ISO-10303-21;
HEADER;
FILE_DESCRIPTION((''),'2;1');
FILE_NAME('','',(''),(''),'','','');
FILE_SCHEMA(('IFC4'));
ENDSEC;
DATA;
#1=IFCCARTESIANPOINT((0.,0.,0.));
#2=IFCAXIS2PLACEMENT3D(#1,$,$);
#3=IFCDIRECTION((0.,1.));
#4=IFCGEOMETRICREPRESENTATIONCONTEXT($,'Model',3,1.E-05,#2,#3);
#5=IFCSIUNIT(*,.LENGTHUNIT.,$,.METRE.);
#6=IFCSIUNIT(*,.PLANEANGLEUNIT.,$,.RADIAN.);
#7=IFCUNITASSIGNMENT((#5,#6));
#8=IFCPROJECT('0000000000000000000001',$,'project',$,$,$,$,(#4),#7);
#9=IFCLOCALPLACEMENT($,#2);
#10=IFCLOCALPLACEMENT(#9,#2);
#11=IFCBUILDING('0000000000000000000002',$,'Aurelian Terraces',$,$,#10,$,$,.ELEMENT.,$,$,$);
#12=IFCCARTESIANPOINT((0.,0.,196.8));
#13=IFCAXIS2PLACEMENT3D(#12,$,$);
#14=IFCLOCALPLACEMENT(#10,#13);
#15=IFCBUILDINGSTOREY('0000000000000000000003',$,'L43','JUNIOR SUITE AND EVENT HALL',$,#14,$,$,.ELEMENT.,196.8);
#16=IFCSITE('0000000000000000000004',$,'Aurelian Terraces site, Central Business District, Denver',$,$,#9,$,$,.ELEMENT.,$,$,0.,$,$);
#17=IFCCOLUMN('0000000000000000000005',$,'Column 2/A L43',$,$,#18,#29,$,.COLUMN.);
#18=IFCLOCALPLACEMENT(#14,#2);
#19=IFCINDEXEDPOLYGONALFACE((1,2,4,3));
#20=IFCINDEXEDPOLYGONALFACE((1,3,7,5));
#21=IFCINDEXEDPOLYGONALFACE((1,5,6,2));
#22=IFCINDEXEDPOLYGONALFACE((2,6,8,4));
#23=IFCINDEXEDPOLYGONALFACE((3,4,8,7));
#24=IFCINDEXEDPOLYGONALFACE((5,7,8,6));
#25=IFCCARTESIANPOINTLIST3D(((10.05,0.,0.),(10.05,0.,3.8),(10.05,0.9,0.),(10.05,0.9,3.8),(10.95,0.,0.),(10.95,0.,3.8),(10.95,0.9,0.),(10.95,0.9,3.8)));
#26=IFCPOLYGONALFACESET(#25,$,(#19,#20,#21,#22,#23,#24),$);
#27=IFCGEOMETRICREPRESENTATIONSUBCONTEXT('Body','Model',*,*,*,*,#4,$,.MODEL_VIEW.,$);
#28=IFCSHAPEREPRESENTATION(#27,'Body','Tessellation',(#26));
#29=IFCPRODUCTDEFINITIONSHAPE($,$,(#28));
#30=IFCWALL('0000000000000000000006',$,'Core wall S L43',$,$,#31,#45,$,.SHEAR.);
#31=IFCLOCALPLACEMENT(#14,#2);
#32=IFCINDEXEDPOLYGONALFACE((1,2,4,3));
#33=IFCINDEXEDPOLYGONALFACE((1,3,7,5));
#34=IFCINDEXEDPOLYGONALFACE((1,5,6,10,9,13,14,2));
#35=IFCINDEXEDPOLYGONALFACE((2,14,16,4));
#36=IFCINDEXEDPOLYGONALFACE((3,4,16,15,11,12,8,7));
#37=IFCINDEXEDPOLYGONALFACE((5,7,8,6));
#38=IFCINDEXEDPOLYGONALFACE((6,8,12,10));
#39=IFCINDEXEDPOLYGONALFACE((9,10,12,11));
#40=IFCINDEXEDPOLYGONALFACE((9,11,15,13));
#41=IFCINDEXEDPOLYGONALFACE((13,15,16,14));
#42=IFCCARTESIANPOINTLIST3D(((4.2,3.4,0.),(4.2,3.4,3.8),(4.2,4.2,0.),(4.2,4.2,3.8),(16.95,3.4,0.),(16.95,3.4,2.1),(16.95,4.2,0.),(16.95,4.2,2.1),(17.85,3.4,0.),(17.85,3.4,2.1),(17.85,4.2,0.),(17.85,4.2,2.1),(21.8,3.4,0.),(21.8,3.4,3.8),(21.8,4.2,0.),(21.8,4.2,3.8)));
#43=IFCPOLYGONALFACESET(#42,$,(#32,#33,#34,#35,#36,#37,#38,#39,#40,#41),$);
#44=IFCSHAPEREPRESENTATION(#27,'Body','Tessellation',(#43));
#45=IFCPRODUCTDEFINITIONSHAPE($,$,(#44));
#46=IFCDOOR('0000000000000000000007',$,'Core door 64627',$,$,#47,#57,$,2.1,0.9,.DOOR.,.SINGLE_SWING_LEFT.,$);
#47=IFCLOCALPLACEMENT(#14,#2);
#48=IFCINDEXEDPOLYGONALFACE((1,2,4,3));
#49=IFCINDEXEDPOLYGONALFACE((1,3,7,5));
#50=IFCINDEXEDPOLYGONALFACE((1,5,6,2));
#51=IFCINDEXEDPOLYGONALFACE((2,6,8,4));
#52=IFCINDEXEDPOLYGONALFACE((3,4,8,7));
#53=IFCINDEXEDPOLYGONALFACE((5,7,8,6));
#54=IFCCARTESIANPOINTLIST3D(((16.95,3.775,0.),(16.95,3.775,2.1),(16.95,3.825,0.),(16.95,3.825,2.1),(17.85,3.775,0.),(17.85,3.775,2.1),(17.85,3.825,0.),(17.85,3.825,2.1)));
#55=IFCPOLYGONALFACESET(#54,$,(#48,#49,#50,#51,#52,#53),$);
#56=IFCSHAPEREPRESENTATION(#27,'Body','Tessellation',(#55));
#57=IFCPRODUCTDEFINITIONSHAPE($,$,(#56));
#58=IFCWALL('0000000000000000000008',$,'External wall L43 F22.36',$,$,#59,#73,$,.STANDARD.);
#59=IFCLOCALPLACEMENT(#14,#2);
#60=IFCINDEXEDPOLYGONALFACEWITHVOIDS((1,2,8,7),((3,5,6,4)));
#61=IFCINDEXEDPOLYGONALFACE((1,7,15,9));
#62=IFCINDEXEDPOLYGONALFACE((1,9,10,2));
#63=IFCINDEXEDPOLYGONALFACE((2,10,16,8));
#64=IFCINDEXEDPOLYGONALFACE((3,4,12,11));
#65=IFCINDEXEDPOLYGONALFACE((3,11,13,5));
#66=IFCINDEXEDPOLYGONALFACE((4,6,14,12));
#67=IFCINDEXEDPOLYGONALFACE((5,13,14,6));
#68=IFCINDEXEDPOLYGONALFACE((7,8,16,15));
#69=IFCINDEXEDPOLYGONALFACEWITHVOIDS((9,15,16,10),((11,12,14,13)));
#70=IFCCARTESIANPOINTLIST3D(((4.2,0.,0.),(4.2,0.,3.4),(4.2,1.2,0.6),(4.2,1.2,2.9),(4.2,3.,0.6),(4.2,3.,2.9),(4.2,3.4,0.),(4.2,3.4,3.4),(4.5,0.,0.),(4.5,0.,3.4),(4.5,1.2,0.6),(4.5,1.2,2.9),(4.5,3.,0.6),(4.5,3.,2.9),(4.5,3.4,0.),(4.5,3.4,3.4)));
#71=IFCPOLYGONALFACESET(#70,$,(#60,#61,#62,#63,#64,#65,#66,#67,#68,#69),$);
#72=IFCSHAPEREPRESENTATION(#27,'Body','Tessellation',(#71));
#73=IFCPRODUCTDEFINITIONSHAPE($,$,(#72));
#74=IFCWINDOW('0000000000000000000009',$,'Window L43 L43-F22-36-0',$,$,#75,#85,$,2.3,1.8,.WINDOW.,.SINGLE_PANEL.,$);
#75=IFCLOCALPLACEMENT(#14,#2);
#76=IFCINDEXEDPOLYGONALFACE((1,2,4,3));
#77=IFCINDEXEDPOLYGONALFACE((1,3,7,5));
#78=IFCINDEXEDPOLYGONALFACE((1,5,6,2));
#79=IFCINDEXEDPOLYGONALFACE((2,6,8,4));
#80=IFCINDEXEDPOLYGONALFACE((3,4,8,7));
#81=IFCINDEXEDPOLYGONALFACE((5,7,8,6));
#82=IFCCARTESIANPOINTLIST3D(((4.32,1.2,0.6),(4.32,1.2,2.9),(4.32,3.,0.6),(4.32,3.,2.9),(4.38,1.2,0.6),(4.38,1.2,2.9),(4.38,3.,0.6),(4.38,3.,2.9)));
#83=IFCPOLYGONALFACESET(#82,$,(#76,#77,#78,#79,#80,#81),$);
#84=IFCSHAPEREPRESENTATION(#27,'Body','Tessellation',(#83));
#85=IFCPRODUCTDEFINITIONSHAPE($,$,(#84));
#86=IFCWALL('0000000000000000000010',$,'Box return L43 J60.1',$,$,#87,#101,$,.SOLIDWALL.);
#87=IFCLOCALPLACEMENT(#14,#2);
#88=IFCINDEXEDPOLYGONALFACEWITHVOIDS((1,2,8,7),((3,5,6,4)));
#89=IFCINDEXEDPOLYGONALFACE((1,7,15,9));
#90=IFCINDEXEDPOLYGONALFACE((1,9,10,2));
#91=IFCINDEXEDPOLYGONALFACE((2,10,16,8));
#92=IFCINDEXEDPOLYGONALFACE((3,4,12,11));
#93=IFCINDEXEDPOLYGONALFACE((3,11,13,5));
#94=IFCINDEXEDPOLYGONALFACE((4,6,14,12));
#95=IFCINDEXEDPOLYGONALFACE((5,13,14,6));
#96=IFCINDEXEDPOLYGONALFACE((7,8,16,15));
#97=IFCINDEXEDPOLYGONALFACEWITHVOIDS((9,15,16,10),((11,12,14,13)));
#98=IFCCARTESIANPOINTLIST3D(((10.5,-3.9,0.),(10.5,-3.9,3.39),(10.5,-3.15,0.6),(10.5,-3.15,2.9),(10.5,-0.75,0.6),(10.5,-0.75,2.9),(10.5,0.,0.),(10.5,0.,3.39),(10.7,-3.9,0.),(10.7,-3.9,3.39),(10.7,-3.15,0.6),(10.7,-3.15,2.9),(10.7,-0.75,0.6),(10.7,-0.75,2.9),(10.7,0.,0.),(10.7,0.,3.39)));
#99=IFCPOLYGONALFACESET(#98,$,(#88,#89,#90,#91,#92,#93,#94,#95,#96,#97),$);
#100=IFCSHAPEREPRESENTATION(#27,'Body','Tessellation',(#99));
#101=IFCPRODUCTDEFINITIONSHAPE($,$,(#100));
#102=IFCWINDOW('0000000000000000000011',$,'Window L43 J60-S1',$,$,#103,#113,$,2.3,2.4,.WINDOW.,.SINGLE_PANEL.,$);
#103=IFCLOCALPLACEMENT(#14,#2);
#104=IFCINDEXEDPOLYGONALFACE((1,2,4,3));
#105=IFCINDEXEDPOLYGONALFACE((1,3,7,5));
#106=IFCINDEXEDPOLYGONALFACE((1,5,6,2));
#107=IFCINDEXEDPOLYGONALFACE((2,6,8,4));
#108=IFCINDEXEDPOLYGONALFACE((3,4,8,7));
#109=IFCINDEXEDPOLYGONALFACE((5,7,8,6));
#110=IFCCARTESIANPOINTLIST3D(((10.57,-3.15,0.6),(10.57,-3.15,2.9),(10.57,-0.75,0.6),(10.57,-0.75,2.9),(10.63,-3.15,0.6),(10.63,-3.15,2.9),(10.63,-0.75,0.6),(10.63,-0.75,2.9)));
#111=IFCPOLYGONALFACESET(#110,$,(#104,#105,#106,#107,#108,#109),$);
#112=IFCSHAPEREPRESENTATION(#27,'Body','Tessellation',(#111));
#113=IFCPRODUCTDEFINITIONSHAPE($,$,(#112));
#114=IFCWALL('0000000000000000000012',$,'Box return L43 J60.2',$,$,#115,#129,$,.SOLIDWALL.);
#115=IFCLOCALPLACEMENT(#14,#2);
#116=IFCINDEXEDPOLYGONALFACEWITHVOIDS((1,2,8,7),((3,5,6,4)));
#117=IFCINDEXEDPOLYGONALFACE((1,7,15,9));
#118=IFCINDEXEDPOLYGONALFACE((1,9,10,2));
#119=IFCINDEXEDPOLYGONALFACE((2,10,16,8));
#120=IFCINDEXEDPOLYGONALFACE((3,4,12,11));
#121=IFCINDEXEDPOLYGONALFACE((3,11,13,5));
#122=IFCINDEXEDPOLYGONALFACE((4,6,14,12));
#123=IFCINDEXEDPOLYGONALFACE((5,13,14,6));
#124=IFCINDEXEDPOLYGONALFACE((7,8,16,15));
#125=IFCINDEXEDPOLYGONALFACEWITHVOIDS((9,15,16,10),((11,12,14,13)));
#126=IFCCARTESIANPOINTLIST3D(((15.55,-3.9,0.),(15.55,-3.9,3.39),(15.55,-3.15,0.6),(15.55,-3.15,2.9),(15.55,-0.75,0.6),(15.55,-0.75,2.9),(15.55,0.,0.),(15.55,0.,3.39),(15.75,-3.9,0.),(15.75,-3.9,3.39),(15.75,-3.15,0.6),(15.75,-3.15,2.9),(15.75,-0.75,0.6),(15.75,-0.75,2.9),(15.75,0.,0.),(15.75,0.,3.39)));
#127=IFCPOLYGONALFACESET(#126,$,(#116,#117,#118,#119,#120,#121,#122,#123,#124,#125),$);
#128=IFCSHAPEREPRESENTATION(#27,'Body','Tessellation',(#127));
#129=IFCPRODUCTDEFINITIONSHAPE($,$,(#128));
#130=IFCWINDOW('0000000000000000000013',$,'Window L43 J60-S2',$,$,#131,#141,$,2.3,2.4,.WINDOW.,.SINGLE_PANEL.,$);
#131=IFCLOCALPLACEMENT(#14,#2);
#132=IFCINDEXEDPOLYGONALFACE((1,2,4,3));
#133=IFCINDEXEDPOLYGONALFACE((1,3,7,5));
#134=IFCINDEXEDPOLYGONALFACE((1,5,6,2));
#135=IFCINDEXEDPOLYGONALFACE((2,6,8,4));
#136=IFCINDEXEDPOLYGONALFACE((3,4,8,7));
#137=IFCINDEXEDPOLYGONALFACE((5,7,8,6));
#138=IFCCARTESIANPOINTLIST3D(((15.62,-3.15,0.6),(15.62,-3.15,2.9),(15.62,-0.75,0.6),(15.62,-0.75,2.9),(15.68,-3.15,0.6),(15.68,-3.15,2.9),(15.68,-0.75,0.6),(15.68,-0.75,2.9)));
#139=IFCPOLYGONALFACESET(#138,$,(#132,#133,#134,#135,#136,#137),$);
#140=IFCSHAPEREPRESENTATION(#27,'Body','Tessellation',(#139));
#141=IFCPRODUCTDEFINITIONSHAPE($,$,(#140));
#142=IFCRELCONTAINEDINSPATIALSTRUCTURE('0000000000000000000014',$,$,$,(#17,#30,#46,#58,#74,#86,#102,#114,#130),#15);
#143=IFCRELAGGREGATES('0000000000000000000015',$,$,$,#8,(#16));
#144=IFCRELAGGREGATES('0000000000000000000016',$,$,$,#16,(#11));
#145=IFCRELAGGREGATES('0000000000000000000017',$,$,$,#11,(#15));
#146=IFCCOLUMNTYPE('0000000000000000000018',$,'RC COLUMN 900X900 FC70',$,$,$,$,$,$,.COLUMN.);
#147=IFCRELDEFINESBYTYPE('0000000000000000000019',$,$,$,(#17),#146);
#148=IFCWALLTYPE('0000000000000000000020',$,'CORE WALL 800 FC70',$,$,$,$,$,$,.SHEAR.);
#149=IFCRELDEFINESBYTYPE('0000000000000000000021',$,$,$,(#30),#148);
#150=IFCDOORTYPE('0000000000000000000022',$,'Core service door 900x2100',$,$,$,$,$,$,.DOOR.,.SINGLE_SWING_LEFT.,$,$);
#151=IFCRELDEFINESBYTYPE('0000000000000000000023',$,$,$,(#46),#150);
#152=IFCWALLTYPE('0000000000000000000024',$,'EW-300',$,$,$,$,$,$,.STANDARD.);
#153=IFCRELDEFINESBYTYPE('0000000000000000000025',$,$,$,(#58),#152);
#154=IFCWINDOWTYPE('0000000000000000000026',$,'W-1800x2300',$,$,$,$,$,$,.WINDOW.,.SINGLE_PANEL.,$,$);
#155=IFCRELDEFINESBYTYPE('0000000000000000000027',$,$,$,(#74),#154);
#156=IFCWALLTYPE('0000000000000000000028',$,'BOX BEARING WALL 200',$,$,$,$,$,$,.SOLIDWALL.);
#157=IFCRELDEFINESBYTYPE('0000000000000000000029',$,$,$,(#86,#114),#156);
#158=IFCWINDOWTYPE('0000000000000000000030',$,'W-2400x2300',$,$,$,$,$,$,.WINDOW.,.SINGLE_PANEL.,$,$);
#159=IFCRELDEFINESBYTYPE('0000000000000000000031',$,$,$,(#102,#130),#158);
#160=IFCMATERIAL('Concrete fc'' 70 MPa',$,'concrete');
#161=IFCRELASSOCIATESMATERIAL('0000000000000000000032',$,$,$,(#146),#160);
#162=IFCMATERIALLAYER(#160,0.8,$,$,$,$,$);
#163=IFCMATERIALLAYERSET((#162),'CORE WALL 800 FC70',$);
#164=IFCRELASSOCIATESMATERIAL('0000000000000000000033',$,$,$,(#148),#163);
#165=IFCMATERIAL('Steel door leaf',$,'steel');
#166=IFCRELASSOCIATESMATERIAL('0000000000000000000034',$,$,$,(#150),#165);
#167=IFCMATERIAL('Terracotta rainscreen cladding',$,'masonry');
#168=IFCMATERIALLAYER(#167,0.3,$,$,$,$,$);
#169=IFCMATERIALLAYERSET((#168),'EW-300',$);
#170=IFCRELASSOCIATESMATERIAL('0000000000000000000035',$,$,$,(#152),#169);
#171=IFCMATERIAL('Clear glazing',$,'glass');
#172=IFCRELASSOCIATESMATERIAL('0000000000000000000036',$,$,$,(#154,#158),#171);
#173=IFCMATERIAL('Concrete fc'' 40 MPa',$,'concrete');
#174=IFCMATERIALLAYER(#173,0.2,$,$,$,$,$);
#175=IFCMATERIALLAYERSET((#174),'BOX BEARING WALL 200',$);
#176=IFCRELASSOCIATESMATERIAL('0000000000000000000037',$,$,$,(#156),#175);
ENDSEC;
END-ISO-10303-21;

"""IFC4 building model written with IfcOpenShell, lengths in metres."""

from ifc_helpers import new_model, si_unit, direction, frame, frame_2d, origin, origin_2d, place, context, subcontext, project, spatial, rectangle, extrude, source, transform, mapped, material, layer, layer_set, material_profile, profile_set, type_object, element, fill, save


model = new_model("IFC4")

# Units and contexts
model_context = context("Model", 3, precision=1e-05, world=origin(), true_north=direction((0.0, 1.0)))
body_context = subcontext(model_context, "Body", "Model", "MODEL_VIEW")
ifc_project = project(units=[si_unit("LENGTHUNIT", "METRE"), si_unit("PLANEANGLEUNIT", "RADIAN")], contexts=[model_context])

# Site, building, storey
site_placement = place(None, origin())
site = spatial("IfcSite", under=ifc_project, at=site_placement, Name="Aurelian Terraces site, Central Business District, Denver", CompositionType="ELEMENT", RefElevation=0.0)
building_placement = place(site_placement, origin())
building = spatial("IfcBuilding", under=site, at=building_placement, Name="Aurelian Terraces", CompositionType="ELEMENT")
storey_placement = place(building_placement, frame((0.0, 0.0, 196.8)))
storey = spatial("IfcBuildingStorey", under=building, at=storey_placement, Name="L43", Description="JUNIOR SUITE AND EVENT HALL", CompositionType="ELEMENT", Elevation=196.8)

# Column
ifc_material_1 = material(Name="Concrete fc' 70 MPa", Category="concrete")
ifc_material_profile = material_profile(ifc_material_1, rectangle(XDim=0.9, YDim=0.9, at=origin_2d()))
ifc_profile_set = profile_set([ifc_material_profile], Name="Concrete fc' 70 MPa")
column_type = type_object("IfcColumnType", Name="RC COLUMN 900X900 FC70", PredefinedType="COLUMN", material=ifc_profile_set)
shared_shape_1 = source(origin(), body_context, "Body", "SweptSolid", [
    extrude(rectangle(XDim=0.9, YDim=0.9, at=origin_2d()), origin(), (0.0, 0.0, 1.0), 3.8),
])
column_placement = place(storey_placement, frame((10.5, 0.45, 0.0), z_axis=(0.0, 0.0, 1.0), x_axis=(1.0, 0.0, 0.0)))
element("IfcColumn", 1, at=column_placement, inside=storey, type_object=column_type, Name="Column 2/A L43", PredefinedType="COLUMN", context=body_context, shape_type="MappedRepresentation", body=[
    mapped(shared_shape_1, transform((0.0, 0.0, 0.0), scale=1.0)),
])

# Wall, opening, door
ifc_layer_1 = layer(ifc_material_1, 0.8)
ifc_layer_set_1 = layer_set([ifc_layer_1], Name="CORE WALL 800 FC70")
wall_type_1 = type_object("IfcWallType", Name="CORE WALL 800 FC70", PredefinedType="SHEAR", material=ifc_layer_set_1)
shared_shape_2 = source(origin(), body_context, "Body", "SweptSolid", [
    extrude(rectangle(XDim=17.6, YDim=0.8, at=frame_2d((8.8, 0.0))), origin(), (0.0, 0.0, 1.0), 3.8),
])
wall_1_placement = place(storey_placement, frame((4.2, 3.8, 0.0), z_axis=(0.0, 0.0, 1.0), x_axis=(1.0, 0.0, 0.0)))
wall_1 = element("IfcWall", 2, at=wall_1_placement, inside=storey, type_object=wall_type_1, Name="Core wall S L43", PredefinedType="SHEAR", context=body_context, shape_type="MappedRepresentation", body=[
    mapped(shared_shape_2, transform((0.0, 0.0, 0.0), scale=1.0)),
])
shared_shape_3 = source(origin(), body_context, "Body", "SweptSolid", [
    extrude(rectangle(XDim=0.9, YDim=2.1, at=frame_2d((0.45, 1.05))), frame((0.0, 0.41, 0.0), z_axis=(0.0, -1.0, 0.0), x_axis=(1.0, 0.0, 0.0)), (0.0, 0.0, 1.0), 0.82),
])
opening_1_placement = place(wall_1_placement, frame((12.75, 0.0, 0.0)))
opening_1 = element("IfcOpeningElement", 3, at=opening_1_placement, cuts=wall_1, PredefinedType="OPENING", context=body_context, shape_type="MappedRepresentation", body=[
    mapped(shared_shape_3, transform((0.0, 0.0, 0.0), scale=1.0)),
])
ifc_material_2 = material(Name="Steel door leaf", Category="steel")
door_type_1 = type_object("IfcDoorType", Name="Core service door 900x2100", OperationType="SINGLE_SWING_LEFT", PredefinedType="DOOR", material=ifc_material_2)
shared_shape_4 = source(origin(), body_context, "Body", "SweptSolid", [
    extrude(rectangle(XDim=0.9, YDim=2.1, at=frame_2d((0.45, 1.05))), frame((0.0, 0.025, 0.0), z_axis=(0.0, -1.0, 0.0), x_axis=(1.0, 0.0, 0.0)), (0.0, 0.0, 1.0), 0.05),
])
door_1_placement = place(opening_1_placement, origin())
door_1 = element("IfcDoor", 4, at=door_1_placement, inside=storey, type_object=door_type_1, Name="Core door 64627", OperationType="SINGLE_SWING_LEFT", OverallHeight=2.1, OverallWidth=0.9, PredefinedType="DOOR", context=body_context, shape_type="MappedRepresentation", body=[
    mapped(shared_shape_4, transform((0.0, 0.0, 0.0), scale=1.0)),
])
fill(opening_1, door_1)

# Walls, openings, windows
ifc_material_3 = material(Name="Terracotta rainscreen cladding", Category="masonry")
ifc_layer_2 = layer(ifc_material_3, 0.3)
ifc_layer_set_2 = layer_set([ifc_layer_2], Name="EW-300")
wall_type_2 = type_object("IfcWallType", Name="EW-300", PredefinedType="STANDARD", material=ifc_layer_set_2)
shared_shape_5 = source(origin(), body_context, "Body", "SweptSolid", [
    extrude(rectangle(XDim=3.4, YDim=0.3, at=frame_2d((1.7, 0.0))), origin(), (0.0, 0.0, 1.0), 3.4),
])
wall_2_placement = place(storey_placement, frame((4.35, 3.4, 0.0), z_axis=(0.0, 0.0, 1.0), x_axis=(0.0, -1.0, 0.0)))
wall_2 = element("IfcWall", 5, at=wall_2_placement, inside=storey, type_object=wall_type_2, Name="External wall L43 F22.36", PredefinedType="STANDARD", context=body_context, shape_type="MappedRepresentation", body=[
    mapped(shared_shape_5, transform((0.0, 0.0, 0.0), scale=1.0)),
])
shared_shape_6 = source(origin(), body_context, "Body", "SweptSolid", [
    extrude(rectangle(XDim=1.8, YDim=2.3, at=frame_2d((0.9, 1.15))), frame((0.0, 0.16, 0.0), z_axis=(0.0, -1.0, 0.0), x_axis=(1.0, 0.0, 0.0)), (0.0, 0.0, 1.0), 0.32),
])
opening_2_placement = place(wall_2_placement, frame((0.4, 0.0, 0.6)))
opening_2 = element("IfcOpeningElement", 6, at=opening_2_placement, cuts=wall_2, PredefinedType="OPENING", context=body_context, shape_type="MappedRepresentation", body=[
    mapped(shared_shape_6, transform((0.0, 0.0, 0.0), scale=1.0)),
])
ifc_material_4 = material(Name="Clear glazing", Category="glass")
window_type_1 = type_object("IfcWindowType", Name="W-1800x2300", PartitioningType="SINGLE_PANEL", PredefinedType="WINDOW", material=ifc_material_4)
shared_shape_7 = source(origin(), body_context, "Body", "SweptSolid", [
    extrude(rectangle(XDim=1.8, YDim=2.3, at=frame_2d((0.9, 1.15))), frame((0.0, 0.03, 0.0), z_axis=(0.0, -1.0, 0.0), x_axis=(1.0, 0.0, 0.0)), (0.0, 0.0, 1.0), 0.06),
])
window_1_placement = place(opening_2_placement, origin())
window_1 = element("IfcWindow", 7, at=window_1_placement, inside=storey, type_object=window_type_1, Name="Window L43 L43-F22-36-0", OverallHeight=2.3, OverallWidth=1.8, PartitioningType="SINGLE_PANEL", PredefinedType="WINDOW", context=body_context, shape_type="MappedRepresentation", body=[
    mapped(shared_shape_7, transform((0.0, 0.0, 0.0), scale=1.0)),
])
fill(opening_2, window_1)
ifc_material_5 = material(Name="Concrete fc' 40 MPa", Category="concrete")
ifc_layer_3 = layer(ifc_material_5, 0.2)
ifc_layer_set_3 = layer_set([ifc_layer_3], Name="BOX BEARING WALL 200")
wall_type_3 = type_object("IfcWallType", Name="BOX BEARING WALL 200", PredefinedType="SOLIDWALL", material=ifc_layer_set_3)
shared_shape_8 = source(origin(), body_context, "Body", "SweptSolid", [
    extrude(rectangle(XDim=3.9, YDim=0.2, at=frame_2d((1.95, 0.0))), origin(), (0.0, 0.0, 1.0), 3.39),
])
wall_3_placement = place(storey_placement, frame((10.6, 0.0, 0.0), z_axis=(0.0, 0.0, 1.0), x_axis=(0.0, -1.0, 0.0)))
wall_3 = element("IfcWall", 8, at=wall_3_placement, inside=storey, type_object=wall_type_3, Name="Box return L43 J60.1", PredefinedType="SOLIDWALL", context=body_context, shape_type="MappedRepresentation", body=[
    mapped(shared_shape_8, transform((0.0, 0.0, 0.0), scale=1.0)),
])
shared_shape_9 = source(origin(), body_context, "Body", "SweptSolid", [
    extrude(rectangle(XDim=2.4, YDim=2.3, at=frame_2d((1.2, 1.15))), frame((0.0, 0.11, 0.0), z_axis=(0.0, -1.0, 0.0), x_axis=(1.0, 0.0, 0.0)), (0.0, 0.0, 1.0), 0.22),
])
opening_3_placement = place(wall_3_placement, frame((0.75, 0.0, 0.6)))
opening_3 = element("IfcOpeningElement", 9, at=opening_3_placement, cuts=wall_3, PredefinedType="OPENING", context=body_context, shape_type="MappedRepresentation", body=[
    mapped(shared_shape_9, transform((0.0, 0.0, 0.0), scale=1.0)),
])
window_type_2 = type_object("IfcWindowType", Name="W-2400x2300", PartitioningType="SINGLE_PANEL", PredefinedType="WINDOW", material=ifc_material_4)
shared_shape_10 = source(origin(), body_context, "Body", "SweptSolid", [
    extrude(rectangle(XDim=2.4, YDim=2.3, at=frame_2d((1.2, 1.15))), frame((0.0, 0.03, 0.0), z_axis=(0.0, -1.0, 0.0), x_axis=(1.0, 0.0, 0.0)), (0.0, 0.0, 1.0), 0.06),
])
window_2_placement = place(opening_3_placement, origin())
window_2 = element("IfcWindow", 10, at=window_2_placement, inside=storey, type_object=window_type_2, Name="Window L43 J60-S1", OverallHeight=2.3, OverallWidth=2.4, PartitioningType="SINGLE_PANEL", PredefinedType="WINDOW", context=body_context, shape_type="MappedRepresentation", body=[
    mapped(shared_shape_10, transform((0.0, 0.0, 0.0), scale=1.0)),
])
fill(opening_3, window_2)
wall_4_placement = place(storey_placement, frame((15.65, 0.0, 0.0), z_axis=(0.0, 0.0, 1.0), x_axis=(0.0, -1.0, 0.0)))
wall_4 = element("IfcWall", 11, at=wall_4_placement, inside=storey, type_object=wall_type_3, Name="Box return L43 J60.2", PredefinedType="SOLIDWALL", context=body_context, shape_type="MappedRepresentation", body=[
    mapped(shared_shape_8, transform((0.0, 0.0, 0.0), scale=1.0)),
])
opening_4_placement = place(wall_4_placement, frame((0.75, 0.0, 0.6)))
opening_4 = element("IfcOpeningElement", 12, at=opening_4_placement, cuts=wall_4, PredefinedType="OPENING", context=body_context, shape_type="MappedRepresentation", body=[
    mapped(shared_shape_9, transform((0.0, 0.0, 0.0), scale=1.0)),
])
window_3_placement = place(opening_4_placement, origin())
window_3 = element("IfcWindow", 13, at=window_3_placement, inside=storey, type_object=window_type_2, Name="Window L43 J60-S2", OverallHeight=2.3, OverallWidth=2.4, PartitioningType="SINGLE_PANEL", PredefinedType="WINDOW", context=body_context, shape_type="MappedRepresentation", body=[
    mapped(shared_shape_10, transform((0.0, 0.0, 0.0), scale=1.0)),
])
fill(opening_4, window_3)

save(model, "model.ifc")
